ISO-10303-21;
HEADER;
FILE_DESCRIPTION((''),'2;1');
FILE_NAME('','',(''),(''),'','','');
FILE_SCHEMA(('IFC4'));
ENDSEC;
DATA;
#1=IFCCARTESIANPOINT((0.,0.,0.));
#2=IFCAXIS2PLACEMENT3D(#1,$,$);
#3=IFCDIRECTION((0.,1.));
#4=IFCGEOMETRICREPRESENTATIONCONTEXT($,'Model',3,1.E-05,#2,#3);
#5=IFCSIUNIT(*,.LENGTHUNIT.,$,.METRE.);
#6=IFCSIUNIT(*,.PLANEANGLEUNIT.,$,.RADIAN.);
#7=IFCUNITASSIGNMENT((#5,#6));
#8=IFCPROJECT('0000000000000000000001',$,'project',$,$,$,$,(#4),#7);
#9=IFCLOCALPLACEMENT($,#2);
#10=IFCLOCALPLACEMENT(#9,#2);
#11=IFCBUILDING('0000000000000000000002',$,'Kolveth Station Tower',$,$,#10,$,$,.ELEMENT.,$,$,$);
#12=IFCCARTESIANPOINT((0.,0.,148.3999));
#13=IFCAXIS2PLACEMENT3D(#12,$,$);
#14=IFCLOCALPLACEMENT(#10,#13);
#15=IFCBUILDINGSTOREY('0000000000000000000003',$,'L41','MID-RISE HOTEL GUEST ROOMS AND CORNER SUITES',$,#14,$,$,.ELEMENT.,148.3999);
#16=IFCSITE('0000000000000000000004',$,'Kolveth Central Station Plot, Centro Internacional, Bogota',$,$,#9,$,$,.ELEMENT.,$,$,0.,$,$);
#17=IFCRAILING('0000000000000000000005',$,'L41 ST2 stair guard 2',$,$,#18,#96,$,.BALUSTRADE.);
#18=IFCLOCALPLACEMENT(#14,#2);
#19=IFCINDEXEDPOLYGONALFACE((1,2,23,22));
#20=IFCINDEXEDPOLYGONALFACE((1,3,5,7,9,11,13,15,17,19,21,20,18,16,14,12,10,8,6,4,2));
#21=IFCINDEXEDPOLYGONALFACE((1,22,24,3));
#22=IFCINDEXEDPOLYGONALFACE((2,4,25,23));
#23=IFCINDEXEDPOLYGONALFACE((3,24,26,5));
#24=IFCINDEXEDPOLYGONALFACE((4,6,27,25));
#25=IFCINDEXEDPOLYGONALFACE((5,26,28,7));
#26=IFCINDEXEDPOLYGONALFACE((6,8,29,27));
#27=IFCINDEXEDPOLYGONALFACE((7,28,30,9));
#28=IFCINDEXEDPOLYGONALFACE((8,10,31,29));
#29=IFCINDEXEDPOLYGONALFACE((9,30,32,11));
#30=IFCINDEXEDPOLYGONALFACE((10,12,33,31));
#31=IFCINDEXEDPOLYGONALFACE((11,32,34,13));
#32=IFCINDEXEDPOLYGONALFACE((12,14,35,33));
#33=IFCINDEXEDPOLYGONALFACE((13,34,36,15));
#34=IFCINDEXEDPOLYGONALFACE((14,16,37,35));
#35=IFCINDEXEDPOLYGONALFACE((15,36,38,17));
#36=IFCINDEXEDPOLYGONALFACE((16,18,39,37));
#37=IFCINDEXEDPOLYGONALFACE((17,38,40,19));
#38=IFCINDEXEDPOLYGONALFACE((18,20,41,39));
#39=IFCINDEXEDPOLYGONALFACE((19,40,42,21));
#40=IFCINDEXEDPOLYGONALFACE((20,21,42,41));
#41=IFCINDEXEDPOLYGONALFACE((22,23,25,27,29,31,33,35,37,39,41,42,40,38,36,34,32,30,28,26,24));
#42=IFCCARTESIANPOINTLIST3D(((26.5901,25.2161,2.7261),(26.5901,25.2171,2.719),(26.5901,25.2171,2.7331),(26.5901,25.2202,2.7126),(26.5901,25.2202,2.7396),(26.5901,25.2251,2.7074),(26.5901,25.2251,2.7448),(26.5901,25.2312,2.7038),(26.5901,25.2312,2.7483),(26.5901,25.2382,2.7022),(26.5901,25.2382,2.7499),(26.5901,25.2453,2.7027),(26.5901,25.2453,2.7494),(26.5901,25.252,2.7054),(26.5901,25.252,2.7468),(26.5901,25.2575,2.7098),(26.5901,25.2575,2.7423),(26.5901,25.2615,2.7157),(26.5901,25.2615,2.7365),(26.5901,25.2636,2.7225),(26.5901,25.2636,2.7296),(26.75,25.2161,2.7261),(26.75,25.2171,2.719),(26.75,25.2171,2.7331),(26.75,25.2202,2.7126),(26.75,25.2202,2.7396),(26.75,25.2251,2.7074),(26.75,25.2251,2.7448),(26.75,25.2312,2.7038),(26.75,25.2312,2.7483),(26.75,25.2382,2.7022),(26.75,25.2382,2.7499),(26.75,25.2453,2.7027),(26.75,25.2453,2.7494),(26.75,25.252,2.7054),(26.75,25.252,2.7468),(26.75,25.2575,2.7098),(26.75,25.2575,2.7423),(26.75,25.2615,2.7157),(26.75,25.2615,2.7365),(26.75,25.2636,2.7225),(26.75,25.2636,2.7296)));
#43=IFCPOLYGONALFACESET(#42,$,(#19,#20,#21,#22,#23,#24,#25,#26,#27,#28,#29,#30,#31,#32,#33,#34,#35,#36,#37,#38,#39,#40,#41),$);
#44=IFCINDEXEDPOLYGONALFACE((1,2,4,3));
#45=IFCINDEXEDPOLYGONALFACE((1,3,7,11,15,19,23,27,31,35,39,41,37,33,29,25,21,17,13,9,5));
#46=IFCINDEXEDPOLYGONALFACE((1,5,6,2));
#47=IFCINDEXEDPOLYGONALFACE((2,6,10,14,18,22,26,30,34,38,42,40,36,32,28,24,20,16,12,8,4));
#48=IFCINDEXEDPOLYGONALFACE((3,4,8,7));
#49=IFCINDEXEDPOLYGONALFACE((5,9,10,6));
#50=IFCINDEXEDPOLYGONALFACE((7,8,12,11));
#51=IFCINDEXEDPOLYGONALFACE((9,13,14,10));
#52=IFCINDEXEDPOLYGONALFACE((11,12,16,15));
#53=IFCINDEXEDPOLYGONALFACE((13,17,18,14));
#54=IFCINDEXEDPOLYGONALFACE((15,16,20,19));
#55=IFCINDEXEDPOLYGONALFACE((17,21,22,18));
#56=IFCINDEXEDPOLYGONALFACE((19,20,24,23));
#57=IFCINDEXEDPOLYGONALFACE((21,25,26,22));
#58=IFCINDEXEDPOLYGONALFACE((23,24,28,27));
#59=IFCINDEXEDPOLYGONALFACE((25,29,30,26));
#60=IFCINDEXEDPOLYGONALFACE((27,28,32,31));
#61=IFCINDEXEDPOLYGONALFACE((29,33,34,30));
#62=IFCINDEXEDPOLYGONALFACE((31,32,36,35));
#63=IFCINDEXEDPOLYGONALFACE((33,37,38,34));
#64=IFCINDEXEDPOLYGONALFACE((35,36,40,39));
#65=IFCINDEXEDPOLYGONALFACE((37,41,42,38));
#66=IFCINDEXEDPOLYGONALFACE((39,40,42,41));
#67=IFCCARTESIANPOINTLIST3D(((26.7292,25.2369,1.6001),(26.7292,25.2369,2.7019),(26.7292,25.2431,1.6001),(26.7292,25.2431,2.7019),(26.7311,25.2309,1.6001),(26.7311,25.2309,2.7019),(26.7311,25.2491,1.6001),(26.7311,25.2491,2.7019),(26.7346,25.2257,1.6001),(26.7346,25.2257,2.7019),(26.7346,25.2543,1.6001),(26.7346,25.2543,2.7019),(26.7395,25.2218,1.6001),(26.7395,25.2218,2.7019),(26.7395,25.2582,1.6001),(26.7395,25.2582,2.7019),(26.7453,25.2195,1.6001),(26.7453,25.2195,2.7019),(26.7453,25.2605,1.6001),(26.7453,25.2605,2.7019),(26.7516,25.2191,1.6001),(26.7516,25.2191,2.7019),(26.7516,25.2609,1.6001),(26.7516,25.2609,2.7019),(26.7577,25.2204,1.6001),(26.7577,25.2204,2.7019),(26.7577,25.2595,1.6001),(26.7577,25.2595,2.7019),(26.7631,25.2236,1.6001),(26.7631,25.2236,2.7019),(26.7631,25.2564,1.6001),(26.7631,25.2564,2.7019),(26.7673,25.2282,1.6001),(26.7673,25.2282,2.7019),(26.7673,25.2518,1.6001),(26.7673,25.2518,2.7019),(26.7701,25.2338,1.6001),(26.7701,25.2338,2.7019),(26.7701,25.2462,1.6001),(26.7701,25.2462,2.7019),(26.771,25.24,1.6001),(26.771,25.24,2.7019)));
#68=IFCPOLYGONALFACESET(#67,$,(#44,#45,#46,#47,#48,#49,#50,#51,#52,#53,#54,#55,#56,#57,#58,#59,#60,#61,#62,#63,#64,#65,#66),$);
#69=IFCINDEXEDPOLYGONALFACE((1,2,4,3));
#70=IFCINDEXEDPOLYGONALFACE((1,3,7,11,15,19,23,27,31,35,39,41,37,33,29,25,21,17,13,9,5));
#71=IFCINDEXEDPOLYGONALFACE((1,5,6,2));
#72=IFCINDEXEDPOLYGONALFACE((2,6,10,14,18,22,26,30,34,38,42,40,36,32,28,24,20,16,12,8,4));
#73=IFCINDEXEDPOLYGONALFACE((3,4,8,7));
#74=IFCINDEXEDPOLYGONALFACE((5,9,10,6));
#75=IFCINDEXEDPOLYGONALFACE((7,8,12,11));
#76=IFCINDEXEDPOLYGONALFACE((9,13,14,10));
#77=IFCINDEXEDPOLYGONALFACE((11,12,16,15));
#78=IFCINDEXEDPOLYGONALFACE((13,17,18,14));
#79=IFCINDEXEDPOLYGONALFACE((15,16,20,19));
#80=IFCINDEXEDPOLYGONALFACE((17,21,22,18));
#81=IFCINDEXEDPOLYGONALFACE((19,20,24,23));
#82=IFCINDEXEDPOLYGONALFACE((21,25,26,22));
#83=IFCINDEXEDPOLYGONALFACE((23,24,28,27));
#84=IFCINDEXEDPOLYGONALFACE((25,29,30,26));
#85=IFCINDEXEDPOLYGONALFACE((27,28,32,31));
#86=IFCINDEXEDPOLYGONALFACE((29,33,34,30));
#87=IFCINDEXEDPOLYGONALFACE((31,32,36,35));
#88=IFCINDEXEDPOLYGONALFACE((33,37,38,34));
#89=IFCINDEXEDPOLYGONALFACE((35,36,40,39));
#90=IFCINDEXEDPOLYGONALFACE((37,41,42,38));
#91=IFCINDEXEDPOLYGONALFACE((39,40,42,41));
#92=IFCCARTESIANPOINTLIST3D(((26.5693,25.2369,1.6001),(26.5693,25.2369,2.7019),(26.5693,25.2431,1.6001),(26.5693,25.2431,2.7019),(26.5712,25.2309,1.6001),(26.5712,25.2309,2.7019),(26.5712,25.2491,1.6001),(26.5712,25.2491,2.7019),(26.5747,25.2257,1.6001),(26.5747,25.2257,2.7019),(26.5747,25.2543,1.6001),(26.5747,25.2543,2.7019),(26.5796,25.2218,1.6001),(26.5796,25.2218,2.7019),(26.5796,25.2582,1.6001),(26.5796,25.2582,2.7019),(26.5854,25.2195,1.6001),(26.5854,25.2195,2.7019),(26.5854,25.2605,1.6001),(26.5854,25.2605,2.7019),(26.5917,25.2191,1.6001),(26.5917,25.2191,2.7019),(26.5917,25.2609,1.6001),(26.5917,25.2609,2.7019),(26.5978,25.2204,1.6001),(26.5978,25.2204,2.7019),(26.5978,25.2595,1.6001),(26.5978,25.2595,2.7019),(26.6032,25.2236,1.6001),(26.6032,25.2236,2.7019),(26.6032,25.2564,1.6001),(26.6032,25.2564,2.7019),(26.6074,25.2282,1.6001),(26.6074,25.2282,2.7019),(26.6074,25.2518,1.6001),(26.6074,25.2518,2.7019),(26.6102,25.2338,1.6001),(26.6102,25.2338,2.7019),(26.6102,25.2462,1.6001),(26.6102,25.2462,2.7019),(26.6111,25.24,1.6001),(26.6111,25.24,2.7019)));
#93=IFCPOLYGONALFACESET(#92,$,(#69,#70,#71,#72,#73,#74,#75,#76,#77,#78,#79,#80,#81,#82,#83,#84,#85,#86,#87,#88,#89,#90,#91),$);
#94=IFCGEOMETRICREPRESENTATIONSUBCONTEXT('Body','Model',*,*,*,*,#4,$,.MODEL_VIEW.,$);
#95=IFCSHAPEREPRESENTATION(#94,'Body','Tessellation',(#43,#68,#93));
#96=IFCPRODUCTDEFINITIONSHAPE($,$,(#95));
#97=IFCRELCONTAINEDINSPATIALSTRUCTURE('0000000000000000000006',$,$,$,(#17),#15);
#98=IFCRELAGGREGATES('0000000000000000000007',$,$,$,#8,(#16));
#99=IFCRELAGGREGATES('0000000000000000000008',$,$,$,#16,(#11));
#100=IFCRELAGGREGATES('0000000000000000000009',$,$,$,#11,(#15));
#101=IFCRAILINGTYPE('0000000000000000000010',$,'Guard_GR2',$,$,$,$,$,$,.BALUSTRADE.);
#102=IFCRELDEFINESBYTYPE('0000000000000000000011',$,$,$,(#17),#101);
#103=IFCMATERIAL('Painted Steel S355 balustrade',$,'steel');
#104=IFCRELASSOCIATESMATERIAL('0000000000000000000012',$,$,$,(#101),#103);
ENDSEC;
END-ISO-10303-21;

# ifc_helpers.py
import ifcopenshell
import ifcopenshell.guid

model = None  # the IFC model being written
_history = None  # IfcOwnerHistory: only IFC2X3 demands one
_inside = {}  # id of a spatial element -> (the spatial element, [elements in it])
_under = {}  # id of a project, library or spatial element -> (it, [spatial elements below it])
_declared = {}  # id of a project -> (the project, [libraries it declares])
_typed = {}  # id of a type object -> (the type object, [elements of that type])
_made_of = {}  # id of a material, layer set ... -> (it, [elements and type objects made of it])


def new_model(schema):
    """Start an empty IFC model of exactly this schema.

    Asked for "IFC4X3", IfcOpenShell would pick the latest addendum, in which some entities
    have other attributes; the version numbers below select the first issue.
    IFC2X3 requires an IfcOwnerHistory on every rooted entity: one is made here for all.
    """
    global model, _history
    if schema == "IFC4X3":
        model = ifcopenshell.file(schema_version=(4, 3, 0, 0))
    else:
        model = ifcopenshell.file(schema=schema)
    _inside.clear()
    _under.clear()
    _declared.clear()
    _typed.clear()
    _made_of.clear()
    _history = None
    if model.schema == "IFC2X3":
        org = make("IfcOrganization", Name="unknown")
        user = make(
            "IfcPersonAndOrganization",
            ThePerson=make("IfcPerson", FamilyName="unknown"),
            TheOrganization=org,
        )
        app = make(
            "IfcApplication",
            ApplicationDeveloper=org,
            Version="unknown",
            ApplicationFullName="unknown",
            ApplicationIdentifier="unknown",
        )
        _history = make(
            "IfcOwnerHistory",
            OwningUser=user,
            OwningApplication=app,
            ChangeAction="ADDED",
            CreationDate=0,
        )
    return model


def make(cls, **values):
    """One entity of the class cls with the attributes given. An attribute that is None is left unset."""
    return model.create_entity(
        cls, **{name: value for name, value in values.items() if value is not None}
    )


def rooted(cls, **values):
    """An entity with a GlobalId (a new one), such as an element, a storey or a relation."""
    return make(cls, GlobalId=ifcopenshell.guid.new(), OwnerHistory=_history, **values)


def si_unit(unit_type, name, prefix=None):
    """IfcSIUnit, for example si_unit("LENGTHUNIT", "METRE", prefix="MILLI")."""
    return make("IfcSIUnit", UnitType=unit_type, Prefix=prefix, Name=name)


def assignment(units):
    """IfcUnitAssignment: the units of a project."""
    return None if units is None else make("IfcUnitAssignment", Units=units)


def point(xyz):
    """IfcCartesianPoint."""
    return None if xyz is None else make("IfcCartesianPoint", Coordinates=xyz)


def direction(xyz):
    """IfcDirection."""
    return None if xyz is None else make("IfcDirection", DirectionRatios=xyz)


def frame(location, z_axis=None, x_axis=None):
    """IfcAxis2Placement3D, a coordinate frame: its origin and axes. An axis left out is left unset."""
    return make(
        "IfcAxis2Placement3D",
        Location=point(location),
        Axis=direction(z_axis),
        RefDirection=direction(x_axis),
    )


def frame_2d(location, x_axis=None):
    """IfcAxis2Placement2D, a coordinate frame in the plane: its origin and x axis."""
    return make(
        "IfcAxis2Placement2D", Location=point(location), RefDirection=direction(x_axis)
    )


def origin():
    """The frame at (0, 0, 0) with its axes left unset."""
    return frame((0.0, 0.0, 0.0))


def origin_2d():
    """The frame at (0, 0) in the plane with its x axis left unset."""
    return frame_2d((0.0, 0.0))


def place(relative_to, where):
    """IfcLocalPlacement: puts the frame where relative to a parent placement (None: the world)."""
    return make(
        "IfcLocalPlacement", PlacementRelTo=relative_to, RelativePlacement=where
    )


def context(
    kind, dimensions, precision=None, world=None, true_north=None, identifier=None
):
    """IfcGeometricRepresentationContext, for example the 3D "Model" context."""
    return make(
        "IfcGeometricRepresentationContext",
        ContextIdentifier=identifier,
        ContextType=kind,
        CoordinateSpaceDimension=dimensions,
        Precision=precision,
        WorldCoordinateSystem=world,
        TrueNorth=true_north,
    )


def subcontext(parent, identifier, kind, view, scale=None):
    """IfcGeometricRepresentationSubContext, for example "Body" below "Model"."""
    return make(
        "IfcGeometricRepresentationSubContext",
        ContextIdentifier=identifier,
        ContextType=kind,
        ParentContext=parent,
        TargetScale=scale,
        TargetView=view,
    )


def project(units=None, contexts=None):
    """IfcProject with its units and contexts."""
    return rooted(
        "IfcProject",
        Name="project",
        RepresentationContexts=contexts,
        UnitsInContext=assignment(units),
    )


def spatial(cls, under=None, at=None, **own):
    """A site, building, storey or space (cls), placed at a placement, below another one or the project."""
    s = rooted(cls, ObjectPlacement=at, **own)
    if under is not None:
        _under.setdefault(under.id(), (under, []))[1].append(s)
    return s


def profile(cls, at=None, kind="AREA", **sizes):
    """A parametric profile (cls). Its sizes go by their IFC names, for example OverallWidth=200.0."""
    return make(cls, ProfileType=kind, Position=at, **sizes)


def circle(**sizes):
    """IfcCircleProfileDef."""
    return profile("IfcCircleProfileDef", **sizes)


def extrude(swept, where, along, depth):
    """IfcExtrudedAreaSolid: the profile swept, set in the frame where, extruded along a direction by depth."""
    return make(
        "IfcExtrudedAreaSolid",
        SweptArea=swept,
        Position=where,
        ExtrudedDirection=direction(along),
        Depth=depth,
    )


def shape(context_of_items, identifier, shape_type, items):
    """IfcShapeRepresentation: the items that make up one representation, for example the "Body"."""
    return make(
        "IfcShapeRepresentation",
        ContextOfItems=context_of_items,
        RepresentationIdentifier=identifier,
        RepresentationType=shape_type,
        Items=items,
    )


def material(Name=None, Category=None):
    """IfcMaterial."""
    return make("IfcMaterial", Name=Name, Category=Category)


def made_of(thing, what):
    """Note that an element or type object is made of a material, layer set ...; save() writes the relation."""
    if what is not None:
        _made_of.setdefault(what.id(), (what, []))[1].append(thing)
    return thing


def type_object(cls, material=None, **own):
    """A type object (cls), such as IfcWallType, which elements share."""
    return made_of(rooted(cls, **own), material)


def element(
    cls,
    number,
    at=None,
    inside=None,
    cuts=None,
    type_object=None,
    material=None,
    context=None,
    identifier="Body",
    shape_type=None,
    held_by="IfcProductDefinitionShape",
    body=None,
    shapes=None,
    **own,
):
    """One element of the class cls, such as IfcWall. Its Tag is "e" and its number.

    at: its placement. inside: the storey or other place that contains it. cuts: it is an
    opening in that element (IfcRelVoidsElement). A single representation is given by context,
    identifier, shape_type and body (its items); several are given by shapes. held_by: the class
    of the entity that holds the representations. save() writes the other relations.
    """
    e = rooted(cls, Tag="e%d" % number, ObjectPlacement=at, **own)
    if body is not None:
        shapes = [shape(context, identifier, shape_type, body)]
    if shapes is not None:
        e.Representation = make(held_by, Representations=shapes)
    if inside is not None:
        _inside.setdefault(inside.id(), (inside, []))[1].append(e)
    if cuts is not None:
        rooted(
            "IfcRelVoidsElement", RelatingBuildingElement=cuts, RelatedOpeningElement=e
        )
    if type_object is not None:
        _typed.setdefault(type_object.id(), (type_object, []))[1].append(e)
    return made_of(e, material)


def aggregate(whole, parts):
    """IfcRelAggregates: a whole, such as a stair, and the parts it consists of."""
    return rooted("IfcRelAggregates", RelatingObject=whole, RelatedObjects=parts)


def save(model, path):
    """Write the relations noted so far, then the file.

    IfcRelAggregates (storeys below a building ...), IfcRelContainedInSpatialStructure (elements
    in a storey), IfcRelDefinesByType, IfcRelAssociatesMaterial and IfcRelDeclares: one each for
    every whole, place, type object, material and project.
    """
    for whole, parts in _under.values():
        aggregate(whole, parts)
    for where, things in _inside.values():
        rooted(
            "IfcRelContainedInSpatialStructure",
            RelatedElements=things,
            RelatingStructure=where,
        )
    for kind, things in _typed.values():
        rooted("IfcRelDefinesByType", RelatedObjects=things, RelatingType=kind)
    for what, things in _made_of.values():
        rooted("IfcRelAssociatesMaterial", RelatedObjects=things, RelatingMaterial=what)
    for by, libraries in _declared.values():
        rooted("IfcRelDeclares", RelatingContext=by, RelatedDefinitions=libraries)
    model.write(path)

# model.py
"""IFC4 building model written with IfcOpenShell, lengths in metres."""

from ifc_helpers import new_model, si_unit, direction, frame, origin, origin_2d, place, context, subcontext, project, spatial, circle, extrude, material, type_object, element, save


model = new_model("IFC4")

# Units and contexts
model_context = context("Model", 3, precision=1e-05, world=origin(), true_north=direction((0.0, 1.0)))
body_context = subcontext(model_context, "Body", "Model", "MODEL_VIEW")
ifc_project = project(units=[si_unit("LENGTHUNIT", "METRE"), si_unit("PLANEANGLEUNIT", "RADIAN")], contexts=[model_context])

# Site, building, storey
site_placement = place(None, origin())
site = spatial("IfcSite", under=ifc_project, at=site_placement, Name="Kolveth Central Station Plot, Centro Internacional, Bogota", CompositionType="ELEMENT", RefElevation=0.0)
building_placement = place(site_placement, origin())
building = spatial("IfcBuilding", under=site, at=building_placement, Name="Kolveth Station Tower", CompositionType="ELEMENT")
storey_placement = place(building_placement, frame((0.0, 0.0, 148.3999)))
storey = spatial("IfcBuildingStorey", under=building, at=storey_placement, Name="L41", Description="MID-RISE HOTEL GUEST ROOMS AND CORNER SUITES", CompositionType="ELEMENT", Elevation=148.3999)

# Railing
ifc_material_1 = material(Name="Painted Steel S355 balustrade", Category="steel")
railing_type_1 = type_object("IfcRailingType", Name="Guard_GR2", PredefinedType="BALUSTRADE", material=ifc_material_1)
railing_1_placement = place(storey_placement, frame((26.75, 25.24, 1.6001)))
element("IfcRailing", 1, at=railing_1_placement, inside=storey, type_object=railing_type_1, Name="L41 ST2 stair guard 2", PredefinedType="BALUSTRADE", context=body_context, shape_type="SweptSolid", body=[
    extrude(circle(Radius=0.0239, at=origin_2d()), frame((0.0, 0.0, 1.126), z_axis=(-1.0, 0.0, 0.0), x_axis=(0.0, -1.0, 0.0)), (0.0, 0.0, 1.0), 0.1599),
    extrude(circle(Radius=0.021, at=origin_2d()), origin(), (0.0, 0.0, 1.0), 1.1018),
    extrude(circle(Radius=0.021, at=origin_2d()), frame((-0.1599, 0.0, 0.0)), (0.0, 0.0, 1.0), 1.1018),
])

save(model, "model.ifc")
